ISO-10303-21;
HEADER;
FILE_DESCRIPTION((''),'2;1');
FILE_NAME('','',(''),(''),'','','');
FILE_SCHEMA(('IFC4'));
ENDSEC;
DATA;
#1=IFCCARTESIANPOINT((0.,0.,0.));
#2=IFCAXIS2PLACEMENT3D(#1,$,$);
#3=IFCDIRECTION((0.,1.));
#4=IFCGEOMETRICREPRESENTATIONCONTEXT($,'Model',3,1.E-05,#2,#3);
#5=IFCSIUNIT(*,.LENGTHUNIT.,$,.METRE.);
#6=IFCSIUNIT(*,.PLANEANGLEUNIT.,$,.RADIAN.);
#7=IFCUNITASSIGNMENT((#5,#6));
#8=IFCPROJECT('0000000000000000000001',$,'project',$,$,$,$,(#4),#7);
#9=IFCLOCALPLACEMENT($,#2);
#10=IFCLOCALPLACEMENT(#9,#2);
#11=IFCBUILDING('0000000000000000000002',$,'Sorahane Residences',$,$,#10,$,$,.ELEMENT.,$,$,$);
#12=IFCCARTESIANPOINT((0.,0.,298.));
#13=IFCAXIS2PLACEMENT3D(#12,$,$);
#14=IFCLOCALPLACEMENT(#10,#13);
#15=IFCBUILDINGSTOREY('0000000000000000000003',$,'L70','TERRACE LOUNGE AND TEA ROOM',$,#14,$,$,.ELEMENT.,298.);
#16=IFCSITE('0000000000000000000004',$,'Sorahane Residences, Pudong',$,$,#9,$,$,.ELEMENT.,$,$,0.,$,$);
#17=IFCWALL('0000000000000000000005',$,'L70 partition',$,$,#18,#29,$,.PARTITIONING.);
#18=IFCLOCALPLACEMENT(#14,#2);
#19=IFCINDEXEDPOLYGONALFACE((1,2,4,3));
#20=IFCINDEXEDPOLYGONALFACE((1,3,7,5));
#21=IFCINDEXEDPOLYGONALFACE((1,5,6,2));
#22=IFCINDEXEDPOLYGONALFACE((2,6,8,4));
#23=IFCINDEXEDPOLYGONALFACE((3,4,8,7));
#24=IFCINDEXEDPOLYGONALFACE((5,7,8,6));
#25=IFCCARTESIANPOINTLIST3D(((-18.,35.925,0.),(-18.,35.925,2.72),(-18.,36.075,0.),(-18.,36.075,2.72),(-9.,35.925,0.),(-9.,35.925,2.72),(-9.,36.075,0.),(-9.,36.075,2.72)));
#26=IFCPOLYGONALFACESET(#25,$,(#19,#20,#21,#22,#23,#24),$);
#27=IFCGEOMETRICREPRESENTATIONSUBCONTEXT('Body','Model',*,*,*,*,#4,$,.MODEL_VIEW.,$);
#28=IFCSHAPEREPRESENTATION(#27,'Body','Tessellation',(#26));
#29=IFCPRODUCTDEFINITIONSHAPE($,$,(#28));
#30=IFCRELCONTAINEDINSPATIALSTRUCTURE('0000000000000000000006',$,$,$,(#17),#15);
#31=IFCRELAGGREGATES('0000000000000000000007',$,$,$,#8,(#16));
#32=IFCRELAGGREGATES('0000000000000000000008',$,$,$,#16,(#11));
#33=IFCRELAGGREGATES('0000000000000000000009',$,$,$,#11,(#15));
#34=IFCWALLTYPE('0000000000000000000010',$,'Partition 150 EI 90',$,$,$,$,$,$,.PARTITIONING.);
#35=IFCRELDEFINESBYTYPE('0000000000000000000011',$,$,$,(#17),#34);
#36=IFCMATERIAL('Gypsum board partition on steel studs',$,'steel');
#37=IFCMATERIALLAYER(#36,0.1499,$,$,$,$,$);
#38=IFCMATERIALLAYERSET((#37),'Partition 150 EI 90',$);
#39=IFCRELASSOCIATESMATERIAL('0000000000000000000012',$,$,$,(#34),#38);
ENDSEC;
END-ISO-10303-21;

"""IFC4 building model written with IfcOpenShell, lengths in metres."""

from ifc_helpers import new_model, si_unit, direction, frame, frame_2d, origin, place, context, subcontext, project, spatial, rectangle, extrude, material, layer, layer_set, type_object, element, save


model = new_model("IFC4")

# Units and contexts
model_context = context("Model", 3, precision=1e-05, world=origin(), true_north=direction((0.0, 1.0)))
body_context = subcontext(model_context, "Body", "Model", "MODEL_VIEW")
ifc_project = project(units=[si_unit("LENGTHUNIT", "METRE"), si_unit("PLANEANGLEUNIT", "RADIAN")], contexts=[model_context])

# Site, building, storey
site_placement = place(None, origin())
site = spatial("IfcSite", under=ifc_project, at=site_placement, Name="Sorahane Residences, Pudong", CompositionType="ELEMENT", RefElevation=0.0)
building_placement = place(site_placement, origin())
building = spatial("IfcBuilding", under=site, at=building_placement, Name="Sorahane Residences", CompositionType="ELEMENT")
storey_placement = place(building_placement, frame((0.0, 0.0, 298.0)))
storey = spatial("IfcBuildingStorey", under=building, at=storey_placement, Name="L70", Description="TERRACE LOUNGE AND TEA ROOM", CompositionType="ELEMENT", Elevation=298.0)

# Shared definitions
ifc_material_1 = material(Name="Gypsum board partition on steel studs", Category="steel")
ifc_layer_1 = layer(ifc_material_1, 0.1499)
ifc_layer_set_1 = layer_set([ifc_layer_1], Name="Partition 150 EI 90")
wall_type = type_object("IfcWallType", Name="Partition 150 EI 90", PredefinedType="PARTITIONING", material=ifc_layer_set_1)

# Wall
wall_1_placement = place(storey_placement, frame((-18.0, 36.0, 0.0), z_axis=(0.0, 0.0, 1.0), x_axis=(1.0, 0.0, 0.0)))
element("IfcWall", 1, at=wall_1_placement, inside=storey, type_object=wall_type, Name="L70 partition", PredefinedType="PARTITIONING", context=body_context, shape_type="SweptSolid", body=[
    extrude(rectangle(XDim=9.0, YDim=0.1499, at=frame_2d((4.5, 0.0))), origin(), (0.0, 0.0, 1.0), 2.72),
])

save(model, "model.ifc")
